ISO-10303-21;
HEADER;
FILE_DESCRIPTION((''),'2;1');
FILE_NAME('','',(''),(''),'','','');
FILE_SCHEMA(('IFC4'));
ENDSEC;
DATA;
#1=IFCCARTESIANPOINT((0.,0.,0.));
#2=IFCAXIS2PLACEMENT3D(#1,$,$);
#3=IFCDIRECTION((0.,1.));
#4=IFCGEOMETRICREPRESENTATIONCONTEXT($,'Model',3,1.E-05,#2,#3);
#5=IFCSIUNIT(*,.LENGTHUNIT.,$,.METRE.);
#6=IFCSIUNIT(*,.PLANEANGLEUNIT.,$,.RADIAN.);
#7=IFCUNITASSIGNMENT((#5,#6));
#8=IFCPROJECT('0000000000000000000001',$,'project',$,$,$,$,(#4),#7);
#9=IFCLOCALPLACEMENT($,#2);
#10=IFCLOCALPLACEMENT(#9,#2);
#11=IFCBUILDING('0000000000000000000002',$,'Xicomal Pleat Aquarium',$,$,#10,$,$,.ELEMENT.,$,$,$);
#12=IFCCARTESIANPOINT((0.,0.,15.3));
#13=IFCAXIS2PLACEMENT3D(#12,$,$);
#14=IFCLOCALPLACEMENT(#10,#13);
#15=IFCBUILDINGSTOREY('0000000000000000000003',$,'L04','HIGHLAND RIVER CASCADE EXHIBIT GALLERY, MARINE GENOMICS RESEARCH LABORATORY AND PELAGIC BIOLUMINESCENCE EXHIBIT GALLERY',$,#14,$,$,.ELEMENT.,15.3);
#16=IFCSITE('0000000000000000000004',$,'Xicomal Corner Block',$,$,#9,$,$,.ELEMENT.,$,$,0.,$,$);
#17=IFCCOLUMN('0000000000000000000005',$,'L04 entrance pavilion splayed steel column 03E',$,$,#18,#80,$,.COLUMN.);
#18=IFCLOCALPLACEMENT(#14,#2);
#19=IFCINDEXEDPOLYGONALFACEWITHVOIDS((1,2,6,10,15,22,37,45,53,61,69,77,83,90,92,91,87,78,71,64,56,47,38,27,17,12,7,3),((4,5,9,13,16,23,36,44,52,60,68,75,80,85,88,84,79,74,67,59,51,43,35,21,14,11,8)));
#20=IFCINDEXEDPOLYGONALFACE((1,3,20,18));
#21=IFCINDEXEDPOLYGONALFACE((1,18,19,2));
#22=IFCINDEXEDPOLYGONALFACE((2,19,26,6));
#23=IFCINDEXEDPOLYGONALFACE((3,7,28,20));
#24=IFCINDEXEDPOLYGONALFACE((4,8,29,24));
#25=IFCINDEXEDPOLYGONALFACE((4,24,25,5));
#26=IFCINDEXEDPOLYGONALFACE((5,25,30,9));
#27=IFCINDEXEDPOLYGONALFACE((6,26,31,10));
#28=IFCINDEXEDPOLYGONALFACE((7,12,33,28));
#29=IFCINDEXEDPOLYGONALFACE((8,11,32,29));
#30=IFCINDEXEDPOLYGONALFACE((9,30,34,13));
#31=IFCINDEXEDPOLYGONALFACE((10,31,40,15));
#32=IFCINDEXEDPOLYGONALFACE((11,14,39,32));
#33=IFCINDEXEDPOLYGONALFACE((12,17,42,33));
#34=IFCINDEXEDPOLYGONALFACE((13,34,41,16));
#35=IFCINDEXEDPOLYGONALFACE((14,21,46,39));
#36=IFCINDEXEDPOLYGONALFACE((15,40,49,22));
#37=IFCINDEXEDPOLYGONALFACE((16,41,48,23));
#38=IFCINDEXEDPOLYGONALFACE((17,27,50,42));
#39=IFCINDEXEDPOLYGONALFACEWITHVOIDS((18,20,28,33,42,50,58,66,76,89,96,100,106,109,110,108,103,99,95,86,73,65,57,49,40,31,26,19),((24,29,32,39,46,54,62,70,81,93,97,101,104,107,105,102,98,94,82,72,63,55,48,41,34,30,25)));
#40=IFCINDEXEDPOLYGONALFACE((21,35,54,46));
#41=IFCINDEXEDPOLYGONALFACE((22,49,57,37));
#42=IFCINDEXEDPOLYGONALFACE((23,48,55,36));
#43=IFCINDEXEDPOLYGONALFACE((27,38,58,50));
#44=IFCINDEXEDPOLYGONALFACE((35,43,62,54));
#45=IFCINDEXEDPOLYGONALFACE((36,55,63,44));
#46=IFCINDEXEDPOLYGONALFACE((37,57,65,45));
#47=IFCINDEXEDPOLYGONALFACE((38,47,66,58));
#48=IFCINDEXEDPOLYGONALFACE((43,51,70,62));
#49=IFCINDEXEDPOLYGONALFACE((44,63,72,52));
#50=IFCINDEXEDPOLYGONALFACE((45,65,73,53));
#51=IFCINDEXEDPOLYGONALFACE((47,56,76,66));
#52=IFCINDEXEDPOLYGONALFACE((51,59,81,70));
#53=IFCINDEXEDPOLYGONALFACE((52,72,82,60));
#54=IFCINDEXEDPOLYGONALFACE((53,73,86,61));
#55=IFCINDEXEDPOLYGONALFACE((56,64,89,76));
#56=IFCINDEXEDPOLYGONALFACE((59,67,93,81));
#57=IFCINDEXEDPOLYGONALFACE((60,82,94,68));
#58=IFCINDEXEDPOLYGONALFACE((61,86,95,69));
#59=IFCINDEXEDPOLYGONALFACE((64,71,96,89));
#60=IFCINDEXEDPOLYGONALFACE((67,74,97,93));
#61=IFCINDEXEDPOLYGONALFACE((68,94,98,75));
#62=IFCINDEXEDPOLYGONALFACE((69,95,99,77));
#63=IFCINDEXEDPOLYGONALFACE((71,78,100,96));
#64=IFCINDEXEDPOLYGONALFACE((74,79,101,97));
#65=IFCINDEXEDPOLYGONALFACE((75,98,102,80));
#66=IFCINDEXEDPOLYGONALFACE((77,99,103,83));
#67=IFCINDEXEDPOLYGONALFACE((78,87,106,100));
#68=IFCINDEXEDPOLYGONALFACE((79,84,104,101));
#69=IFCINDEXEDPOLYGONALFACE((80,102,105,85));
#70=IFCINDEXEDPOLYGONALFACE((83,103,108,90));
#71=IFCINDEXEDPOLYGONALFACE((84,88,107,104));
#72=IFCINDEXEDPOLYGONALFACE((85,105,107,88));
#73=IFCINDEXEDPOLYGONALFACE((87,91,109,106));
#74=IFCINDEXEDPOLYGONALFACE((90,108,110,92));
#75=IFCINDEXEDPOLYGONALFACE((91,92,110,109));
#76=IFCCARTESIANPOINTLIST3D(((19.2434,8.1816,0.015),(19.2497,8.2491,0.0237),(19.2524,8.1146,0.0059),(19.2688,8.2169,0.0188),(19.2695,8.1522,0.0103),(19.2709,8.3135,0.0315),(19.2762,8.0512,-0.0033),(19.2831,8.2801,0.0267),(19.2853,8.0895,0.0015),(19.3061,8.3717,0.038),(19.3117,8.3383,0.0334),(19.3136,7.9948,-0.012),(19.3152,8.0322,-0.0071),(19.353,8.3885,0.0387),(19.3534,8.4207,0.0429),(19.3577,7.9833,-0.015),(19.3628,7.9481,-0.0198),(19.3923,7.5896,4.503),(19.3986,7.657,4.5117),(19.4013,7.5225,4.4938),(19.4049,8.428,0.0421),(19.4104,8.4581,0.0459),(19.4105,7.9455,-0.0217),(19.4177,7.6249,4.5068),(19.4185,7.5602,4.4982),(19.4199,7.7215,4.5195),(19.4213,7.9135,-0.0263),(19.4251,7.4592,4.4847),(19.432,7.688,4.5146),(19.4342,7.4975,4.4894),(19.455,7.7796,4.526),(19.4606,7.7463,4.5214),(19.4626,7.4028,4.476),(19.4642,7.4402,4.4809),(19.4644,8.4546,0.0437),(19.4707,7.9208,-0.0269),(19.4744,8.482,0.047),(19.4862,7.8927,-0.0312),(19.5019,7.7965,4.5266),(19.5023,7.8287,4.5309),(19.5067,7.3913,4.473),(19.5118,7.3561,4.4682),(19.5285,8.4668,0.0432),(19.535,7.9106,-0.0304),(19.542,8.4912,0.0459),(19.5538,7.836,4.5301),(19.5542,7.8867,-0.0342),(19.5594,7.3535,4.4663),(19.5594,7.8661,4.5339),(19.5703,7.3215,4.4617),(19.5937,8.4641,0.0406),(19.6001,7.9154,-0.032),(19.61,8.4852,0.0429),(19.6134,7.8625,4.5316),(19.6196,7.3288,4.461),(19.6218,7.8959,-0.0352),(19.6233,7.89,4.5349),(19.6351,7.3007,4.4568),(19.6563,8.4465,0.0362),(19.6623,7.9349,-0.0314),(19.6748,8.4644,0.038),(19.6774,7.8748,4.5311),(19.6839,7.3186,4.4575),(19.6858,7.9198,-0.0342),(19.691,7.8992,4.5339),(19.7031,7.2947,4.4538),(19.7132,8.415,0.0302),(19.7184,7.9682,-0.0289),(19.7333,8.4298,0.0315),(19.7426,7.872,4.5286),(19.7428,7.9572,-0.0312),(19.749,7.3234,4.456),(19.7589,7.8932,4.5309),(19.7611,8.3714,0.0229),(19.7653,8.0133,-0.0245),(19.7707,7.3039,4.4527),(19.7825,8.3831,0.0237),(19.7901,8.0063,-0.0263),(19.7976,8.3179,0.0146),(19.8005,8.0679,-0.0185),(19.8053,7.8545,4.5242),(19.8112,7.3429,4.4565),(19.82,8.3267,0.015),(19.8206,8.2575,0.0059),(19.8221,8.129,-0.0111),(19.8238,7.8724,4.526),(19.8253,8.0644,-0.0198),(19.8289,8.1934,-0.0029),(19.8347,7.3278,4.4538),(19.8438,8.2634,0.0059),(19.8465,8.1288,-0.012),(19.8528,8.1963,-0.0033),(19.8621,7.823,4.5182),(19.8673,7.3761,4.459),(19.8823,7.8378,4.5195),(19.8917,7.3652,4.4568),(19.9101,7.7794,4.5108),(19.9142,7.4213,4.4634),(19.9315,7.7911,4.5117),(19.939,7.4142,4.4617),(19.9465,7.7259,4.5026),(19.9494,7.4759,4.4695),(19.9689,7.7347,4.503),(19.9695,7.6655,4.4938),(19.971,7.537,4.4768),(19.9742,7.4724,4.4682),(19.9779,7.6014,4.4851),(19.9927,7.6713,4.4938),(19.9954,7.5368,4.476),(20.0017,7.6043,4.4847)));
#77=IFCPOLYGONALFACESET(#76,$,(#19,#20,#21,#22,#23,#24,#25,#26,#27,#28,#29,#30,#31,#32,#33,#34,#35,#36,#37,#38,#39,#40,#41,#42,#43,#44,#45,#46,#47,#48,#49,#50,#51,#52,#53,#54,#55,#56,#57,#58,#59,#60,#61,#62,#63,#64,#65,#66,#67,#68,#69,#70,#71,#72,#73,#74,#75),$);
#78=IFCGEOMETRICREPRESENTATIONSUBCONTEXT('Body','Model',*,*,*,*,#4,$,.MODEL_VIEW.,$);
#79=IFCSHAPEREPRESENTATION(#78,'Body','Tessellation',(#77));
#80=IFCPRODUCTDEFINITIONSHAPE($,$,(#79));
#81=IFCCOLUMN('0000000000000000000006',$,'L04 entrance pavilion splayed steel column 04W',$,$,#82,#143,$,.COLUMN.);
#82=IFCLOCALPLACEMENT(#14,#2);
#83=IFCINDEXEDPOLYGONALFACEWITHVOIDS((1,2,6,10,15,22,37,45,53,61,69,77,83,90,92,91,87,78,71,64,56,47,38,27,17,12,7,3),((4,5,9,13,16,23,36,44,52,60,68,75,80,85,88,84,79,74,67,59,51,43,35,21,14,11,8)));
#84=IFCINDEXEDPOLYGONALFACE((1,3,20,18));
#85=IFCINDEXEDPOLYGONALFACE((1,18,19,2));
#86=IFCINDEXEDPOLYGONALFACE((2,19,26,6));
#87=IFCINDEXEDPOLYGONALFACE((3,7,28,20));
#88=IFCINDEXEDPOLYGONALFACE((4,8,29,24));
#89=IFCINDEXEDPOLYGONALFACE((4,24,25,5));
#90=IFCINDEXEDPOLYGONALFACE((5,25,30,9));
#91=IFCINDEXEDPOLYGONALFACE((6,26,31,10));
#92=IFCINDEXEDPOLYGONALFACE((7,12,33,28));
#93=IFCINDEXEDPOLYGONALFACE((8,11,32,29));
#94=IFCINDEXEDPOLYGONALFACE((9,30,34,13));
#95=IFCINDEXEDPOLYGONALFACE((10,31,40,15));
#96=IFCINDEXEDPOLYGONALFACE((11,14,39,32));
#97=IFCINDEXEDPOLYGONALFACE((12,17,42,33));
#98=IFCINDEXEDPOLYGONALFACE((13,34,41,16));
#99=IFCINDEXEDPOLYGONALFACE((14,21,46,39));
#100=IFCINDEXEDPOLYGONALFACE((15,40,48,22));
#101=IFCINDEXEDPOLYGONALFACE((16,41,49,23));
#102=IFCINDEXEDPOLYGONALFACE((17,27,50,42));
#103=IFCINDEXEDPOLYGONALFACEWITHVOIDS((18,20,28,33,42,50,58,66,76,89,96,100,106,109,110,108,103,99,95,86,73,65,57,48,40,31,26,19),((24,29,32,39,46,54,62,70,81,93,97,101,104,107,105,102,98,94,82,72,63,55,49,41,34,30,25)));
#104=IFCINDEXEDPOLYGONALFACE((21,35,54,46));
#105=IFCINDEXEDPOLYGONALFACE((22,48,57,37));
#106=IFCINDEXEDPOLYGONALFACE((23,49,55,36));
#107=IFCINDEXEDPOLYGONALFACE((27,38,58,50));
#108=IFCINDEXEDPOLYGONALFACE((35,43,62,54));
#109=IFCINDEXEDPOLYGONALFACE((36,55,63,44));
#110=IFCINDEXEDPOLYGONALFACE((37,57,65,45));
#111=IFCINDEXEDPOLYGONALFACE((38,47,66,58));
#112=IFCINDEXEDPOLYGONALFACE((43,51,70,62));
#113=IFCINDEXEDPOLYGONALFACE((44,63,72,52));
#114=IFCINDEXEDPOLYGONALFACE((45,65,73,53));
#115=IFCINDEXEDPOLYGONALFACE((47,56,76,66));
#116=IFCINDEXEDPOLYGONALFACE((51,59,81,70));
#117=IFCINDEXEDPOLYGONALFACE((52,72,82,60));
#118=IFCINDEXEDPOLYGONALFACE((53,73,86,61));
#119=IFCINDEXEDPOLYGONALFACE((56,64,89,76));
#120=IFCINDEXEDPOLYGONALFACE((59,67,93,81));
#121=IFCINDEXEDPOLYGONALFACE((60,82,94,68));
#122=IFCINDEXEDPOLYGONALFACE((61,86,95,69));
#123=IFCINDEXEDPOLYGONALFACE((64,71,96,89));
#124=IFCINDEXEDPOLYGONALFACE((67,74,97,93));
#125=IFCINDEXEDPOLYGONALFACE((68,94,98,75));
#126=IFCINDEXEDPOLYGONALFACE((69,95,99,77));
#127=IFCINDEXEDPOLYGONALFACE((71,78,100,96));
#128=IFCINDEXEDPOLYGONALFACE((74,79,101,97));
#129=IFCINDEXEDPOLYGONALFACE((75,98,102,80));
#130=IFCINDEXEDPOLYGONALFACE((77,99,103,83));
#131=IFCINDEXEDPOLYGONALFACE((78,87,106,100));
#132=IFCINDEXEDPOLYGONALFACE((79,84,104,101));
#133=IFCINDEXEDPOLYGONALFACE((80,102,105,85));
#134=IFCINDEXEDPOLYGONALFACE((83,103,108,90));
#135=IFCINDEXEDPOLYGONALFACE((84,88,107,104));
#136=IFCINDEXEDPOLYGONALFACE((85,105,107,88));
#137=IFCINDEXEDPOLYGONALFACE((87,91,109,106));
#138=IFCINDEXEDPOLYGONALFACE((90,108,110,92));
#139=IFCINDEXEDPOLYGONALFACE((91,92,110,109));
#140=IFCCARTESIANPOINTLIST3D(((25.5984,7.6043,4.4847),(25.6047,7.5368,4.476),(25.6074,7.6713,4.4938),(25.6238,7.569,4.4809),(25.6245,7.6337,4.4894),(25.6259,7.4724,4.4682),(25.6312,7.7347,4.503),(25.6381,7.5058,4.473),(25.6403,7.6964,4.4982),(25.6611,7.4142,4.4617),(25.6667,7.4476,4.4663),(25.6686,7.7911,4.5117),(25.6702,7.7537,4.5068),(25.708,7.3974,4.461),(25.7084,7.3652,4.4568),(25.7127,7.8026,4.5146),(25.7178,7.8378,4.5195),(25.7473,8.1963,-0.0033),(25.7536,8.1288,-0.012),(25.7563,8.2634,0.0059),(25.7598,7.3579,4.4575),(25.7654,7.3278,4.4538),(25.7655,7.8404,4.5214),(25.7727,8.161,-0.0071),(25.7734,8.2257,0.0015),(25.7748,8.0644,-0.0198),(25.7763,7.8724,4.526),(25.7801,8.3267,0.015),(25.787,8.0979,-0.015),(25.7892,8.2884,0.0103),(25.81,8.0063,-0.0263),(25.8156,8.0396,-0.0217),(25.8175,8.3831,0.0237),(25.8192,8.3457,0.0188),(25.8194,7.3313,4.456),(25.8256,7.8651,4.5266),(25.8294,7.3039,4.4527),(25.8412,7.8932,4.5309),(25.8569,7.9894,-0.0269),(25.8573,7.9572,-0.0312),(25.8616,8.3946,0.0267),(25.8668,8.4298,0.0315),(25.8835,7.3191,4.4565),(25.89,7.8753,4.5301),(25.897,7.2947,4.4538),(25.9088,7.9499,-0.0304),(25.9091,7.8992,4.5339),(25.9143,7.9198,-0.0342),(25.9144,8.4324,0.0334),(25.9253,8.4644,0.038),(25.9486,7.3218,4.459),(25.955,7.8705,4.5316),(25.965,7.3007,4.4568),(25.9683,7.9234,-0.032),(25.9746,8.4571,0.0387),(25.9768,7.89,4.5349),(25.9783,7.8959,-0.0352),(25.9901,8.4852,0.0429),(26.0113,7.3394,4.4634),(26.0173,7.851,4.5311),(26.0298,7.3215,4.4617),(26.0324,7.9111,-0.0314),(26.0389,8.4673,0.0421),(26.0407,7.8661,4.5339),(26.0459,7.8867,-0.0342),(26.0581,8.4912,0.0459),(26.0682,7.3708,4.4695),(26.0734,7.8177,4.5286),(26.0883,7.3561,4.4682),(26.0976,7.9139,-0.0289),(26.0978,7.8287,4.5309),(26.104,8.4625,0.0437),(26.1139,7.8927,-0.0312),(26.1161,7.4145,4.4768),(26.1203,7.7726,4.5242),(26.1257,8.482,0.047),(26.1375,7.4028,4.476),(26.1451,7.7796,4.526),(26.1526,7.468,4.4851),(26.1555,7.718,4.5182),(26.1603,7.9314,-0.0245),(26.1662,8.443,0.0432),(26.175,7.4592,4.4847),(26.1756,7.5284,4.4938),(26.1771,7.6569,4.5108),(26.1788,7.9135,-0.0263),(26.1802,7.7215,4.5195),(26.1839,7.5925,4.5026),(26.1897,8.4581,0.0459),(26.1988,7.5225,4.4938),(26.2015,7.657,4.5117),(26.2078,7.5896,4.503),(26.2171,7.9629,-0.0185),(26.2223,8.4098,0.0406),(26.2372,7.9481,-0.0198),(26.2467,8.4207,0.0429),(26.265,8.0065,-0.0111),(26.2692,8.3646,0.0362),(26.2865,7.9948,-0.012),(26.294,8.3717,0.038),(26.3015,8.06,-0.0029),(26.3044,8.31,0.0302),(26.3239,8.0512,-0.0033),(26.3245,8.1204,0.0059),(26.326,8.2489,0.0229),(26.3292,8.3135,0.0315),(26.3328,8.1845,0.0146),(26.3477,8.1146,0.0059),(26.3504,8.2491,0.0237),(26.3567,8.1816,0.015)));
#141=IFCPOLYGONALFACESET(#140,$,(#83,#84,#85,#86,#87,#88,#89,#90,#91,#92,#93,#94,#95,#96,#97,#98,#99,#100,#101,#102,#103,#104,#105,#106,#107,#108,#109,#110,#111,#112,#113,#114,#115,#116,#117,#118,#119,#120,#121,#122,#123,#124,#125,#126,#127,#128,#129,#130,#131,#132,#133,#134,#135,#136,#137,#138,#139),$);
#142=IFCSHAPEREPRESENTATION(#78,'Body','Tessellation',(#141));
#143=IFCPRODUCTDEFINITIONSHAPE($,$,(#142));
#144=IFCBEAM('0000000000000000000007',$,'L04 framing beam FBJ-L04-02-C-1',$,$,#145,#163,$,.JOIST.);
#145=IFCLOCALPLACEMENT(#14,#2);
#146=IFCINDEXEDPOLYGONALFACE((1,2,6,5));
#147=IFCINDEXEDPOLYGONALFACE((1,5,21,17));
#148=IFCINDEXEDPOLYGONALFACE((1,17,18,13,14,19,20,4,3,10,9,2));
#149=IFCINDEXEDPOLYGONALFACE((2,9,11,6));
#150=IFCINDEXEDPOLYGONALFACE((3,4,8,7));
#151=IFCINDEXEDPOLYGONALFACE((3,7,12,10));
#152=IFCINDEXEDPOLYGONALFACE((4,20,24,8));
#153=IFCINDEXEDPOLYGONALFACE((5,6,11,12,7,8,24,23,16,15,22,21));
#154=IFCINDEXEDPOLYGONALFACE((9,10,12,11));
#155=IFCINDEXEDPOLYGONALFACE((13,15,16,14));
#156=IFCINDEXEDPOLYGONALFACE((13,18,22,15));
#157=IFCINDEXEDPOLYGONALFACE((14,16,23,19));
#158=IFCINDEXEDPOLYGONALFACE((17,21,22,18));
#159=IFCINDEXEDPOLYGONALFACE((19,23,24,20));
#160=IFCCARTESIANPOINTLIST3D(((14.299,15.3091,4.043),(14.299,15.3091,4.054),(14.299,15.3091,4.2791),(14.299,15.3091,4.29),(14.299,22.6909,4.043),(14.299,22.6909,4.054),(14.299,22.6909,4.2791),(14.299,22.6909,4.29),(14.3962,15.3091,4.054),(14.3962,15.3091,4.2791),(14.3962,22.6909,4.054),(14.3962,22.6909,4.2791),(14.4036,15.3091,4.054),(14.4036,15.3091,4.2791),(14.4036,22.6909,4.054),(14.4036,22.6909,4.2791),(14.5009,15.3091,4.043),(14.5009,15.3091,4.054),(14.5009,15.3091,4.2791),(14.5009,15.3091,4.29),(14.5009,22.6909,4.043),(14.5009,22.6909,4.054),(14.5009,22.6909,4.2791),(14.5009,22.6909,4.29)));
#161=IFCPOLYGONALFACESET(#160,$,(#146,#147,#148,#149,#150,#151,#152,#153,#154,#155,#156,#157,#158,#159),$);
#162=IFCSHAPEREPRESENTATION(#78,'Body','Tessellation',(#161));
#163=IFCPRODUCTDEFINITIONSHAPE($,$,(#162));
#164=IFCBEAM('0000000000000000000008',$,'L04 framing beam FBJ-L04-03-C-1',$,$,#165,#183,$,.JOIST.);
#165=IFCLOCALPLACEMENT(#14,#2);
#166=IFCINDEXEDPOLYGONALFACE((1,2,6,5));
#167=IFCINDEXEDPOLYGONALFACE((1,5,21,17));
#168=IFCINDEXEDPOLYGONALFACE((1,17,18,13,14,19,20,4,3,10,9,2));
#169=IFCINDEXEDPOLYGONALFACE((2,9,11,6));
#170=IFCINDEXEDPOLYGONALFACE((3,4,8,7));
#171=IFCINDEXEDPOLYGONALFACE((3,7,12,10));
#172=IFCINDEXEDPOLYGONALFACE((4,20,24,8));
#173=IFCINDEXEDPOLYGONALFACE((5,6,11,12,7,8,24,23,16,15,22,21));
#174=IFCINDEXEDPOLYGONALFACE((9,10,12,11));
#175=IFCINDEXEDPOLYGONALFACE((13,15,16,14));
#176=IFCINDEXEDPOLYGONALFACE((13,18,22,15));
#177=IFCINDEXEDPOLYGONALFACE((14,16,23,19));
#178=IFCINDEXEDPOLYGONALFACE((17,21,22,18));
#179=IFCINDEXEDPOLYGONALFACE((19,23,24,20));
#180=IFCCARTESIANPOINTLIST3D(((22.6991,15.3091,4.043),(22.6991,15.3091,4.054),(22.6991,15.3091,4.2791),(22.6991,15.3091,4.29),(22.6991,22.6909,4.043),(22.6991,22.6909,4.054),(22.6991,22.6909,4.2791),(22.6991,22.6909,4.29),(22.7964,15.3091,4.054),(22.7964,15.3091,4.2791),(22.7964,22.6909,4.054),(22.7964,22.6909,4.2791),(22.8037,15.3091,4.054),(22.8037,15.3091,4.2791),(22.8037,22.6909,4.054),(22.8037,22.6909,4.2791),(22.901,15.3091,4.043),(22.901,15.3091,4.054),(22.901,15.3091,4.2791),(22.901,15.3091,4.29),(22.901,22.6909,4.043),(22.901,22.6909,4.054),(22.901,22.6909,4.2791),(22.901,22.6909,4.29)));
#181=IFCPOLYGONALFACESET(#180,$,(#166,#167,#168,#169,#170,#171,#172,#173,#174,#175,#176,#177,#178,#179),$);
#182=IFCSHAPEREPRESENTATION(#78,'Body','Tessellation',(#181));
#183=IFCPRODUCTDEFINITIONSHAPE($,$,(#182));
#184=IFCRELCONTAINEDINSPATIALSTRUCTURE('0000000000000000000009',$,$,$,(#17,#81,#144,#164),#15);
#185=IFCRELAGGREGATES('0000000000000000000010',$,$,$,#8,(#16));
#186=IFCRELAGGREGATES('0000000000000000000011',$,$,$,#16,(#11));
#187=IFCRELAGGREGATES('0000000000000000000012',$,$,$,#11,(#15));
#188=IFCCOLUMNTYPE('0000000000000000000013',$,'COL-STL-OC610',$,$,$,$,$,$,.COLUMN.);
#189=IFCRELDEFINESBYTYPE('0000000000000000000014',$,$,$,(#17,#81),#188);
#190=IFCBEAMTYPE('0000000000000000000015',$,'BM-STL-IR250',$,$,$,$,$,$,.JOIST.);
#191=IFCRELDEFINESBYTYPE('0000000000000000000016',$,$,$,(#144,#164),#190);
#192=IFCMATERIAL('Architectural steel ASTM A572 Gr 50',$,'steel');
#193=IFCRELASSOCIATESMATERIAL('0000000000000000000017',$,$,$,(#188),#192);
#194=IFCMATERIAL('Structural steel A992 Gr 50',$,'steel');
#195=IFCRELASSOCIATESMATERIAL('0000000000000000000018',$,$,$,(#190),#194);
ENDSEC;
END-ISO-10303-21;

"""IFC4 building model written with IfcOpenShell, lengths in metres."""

from ifc_helpers import new_model, si_unit, direction, frame, origin, origin_2d, place, context, subcontext, project, spatial, hollow_circle, i_section, extrude, material, material_profile, profile_set, type_object, element, save


model = new_model("IFC4")

# Units and contexts
model_context = context("Model", 3, precision=1e-05, world=origin(), true_north=direction((0.0, 1.0)))
body_context = subcontext(model_context, "Body", "Model", "MODEL_VIEW")
ifc_project = project(units=[si_unit("LENGTHUNIT", "METRE"), si_unit("PLANEANGLEUNIT", "RADIAN")], contexts=[model_context])

# Site, building, storey
site_placement = place(None, origin())
site = spatial("IfcSite", under=ifc_project, at=site_placement, Name="Xicomal Corner Block", CompositionType="ELEMENT", RefElevation=0.0)
building_placement = place(site_placement, origin())
building = spatial("IfcBuilding", under=site, at=building_placement, Name="Xicomal Pleat Aquarium", CompositionType="ELEMENT")
storey_placement = place(building_placement, frame((0.0, 0.0, 15.3)))
storey = spatial("IfcBuildingStorey", under=building, at=storey_placement, Name="L04", Description="HIGHLAND RIVER CASCADE EXHIBIT GALLERY, MARINE GENOMICS RESEARCH LABORATORY AND PELAGIC BIOLUMINESCENCE EXHIBIT GALLERY", CompositionType="ELEMENT", Elevation=15.3)

# Columns
ifc_material_1 = material(Name="Architectural steel ASTM A572 Gr 50", Category="steel")
ifc_material_profile_1 = material_profile(ifc_material_1, hollow_circle(Radius=0.3049, WallThickness=0.0239, at=origin_2d()), Name="OC 610x24")
ifc_profile_set_1 = profile_set([ifc_material_profile_1], Name="Architectural steel ASTM A572 Gr 50")
column_type_1 = type_object("IfcColumnType", Name="COL-STL-OC610", PredefinedType="COLUMN", material=ifc_profile_set_1)
for number, where, z_axis, x_axis, name in (
    (1, (19.5481, 8.189, 0.0059), (0.03288, -0.130712, 0.990875), (0.969789, 0.243947, 0.0), "L04 entrance pavilion splayed steel column 03E"),
    (2, (26.052, 8.189, 0.0059), (-0.03288, -0.130712, 0.990875), (0.969789, -0.243947, 0.0), "L04 entrance pavilion splayed steel column 04W"),
):
    element("IfcColumn", number, at=place(storey_placement, frame(where, z_axis=z_axis, x_axis=x_axis)), inside=storey, type_object=column_type_1, Name=name, PredefinedType="COLUMN", context=body_context, shape_type="SweptSolid", body=[
        extrude(hollow_circle(Radius=0.3049, WallThickness=0.0239, at=origin_2d()), origin(), (0.0, 0.0, 1.0), 4.5293),
    ])

# Beams
ifc_material_2 = material(Name="Structural steel A992 Gr 50", Category="steel")
ifc_material_profile_2 = material_profile(ifc_material_2, i_section(OverallWidth=0.2019, OverallDepth=0.2471, WebThickness=0.0073, FlangeThickness=0.011, at=origin_2d()), Name="IR 250x49")
ifc_profile_set_2 = profile_set([ifc_material_profile_2], Name="Structural steel A992 Gr 50")
beam_type_1 = type_object("IfcBeamType", Name="BM-STL-IR250", PredefinedType="JOIST", material=ifc_profile_set_2)
for number, where, z_axis, x_axis, name in (
    (3, (14.3999, 15.3091, 4.1665), (0.0, 1.0, 0.0), (-1.0, 0.0, 0.0), "L04 framing beam FBJ-L04-02-C-1"),
    (4, (22.8, 15.3091, 4.1665), (0.0, 1.0, 0.0), (-1.0, 0.0, 0.0), "L04 framing beam FBJ-L04-03-C-1"),
):
    element("IfcBeam", number, at=place(storey_placement, frame(where, z_axis=z_axis, x_axis=x_axis)), inside=storey, type_object=beam_type_1, Name=name, PredefinedType="JOIST", context=body_context, shape_type="SweptSolid", body=[
        extrude(i_section(OverallWidth=0.2019, OverallDepth=0.2471, WebThickness=0.0073, FlangeThickness=0.011, at=origin_2d()), origin(), (0.0, 0.0, 1.0), 7.3818),
    ])

save(model, "model.ifc")
